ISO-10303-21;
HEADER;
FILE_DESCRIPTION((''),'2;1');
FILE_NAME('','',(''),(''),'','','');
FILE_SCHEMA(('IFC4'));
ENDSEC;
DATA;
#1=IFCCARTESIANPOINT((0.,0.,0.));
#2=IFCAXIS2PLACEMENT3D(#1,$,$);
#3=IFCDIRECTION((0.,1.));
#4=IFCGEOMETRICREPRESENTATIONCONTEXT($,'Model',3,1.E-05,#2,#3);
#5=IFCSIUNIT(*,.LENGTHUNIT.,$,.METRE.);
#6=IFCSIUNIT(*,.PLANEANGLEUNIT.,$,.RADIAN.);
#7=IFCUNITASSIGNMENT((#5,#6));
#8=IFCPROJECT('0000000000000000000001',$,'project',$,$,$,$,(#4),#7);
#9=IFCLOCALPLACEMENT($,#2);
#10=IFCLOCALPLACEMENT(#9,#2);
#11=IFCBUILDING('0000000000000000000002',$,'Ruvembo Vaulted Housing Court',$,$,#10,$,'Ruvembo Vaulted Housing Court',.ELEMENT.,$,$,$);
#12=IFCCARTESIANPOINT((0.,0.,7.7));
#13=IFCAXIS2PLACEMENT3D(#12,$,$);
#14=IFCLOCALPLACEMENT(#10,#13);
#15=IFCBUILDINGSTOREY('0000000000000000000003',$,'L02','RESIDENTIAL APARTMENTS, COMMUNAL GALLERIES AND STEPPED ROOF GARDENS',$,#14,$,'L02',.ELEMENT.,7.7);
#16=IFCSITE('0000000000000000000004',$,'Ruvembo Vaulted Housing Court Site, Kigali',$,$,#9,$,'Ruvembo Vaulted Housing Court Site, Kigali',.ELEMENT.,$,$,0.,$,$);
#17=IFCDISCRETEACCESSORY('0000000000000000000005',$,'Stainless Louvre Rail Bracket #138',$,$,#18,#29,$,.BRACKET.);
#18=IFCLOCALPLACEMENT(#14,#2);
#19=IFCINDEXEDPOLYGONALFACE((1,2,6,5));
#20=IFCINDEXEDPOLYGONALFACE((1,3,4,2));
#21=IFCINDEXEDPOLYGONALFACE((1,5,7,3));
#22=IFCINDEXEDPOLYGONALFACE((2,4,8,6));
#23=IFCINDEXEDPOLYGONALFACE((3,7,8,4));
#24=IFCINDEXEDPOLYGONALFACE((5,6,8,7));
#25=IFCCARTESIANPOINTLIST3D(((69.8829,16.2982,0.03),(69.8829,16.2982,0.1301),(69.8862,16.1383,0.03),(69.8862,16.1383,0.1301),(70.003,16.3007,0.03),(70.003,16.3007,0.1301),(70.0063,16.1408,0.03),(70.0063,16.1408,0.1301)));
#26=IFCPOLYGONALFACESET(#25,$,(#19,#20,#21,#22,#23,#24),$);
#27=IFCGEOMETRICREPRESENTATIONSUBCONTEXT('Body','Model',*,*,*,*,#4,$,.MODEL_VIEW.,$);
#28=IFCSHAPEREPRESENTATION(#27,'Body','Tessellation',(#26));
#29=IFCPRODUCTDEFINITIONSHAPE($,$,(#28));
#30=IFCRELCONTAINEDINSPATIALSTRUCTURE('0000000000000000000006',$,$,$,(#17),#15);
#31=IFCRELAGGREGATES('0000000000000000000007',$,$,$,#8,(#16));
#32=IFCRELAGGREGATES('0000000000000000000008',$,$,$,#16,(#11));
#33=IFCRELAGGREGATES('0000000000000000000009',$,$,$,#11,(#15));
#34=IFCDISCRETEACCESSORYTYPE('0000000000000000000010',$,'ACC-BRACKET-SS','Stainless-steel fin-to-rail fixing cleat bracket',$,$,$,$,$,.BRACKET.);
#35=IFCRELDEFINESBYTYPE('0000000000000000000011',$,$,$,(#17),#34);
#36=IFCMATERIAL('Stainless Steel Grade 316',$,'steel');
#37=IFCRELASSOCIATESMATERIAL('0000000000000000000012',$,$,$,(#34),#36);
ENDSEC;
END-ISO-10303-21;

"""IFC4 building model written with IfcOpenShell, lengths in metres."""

from ifc_helpers import new_model, si_unit, direction, frame, origin, origin_2d, place, context, subcontext, project, spatial, rectangle, extrude, material, type_object, element, save


model = new_model("IFC4")

# Units and contexts
model_context = context("Model", 3, precision=1e-05, world=origin(), true_north=direction((0.0, 1.0)))
body_context = subcontext(model_context, "Body", "Model", "MODEL_VIEW")
ifc_project = project(units=[si_unit("LENGTHUNIT", "METRE"), si_unit("PLANEANGLEUNIT", "RADIAN")], contexts=[model_context])

# Site, building, storey
site_placement = place(None, origin())
site = spatial("IfcSite", under=ifc_project, at=site_placement, Name="Ruvembo Vaulted Housing Court Site, Kigali", LongName="Ruvembo Vaulted Housing Court Site, Kigali", CompositionType="ELEMENT", RefElevation=0.0)
building_placement = place(site_placement, origin())
building = spatial("IfcBuilding", under=site, at=building_placement, Name="Ruvembo Vaulted Housing Court", LongName="Ruvembo Vaulted Housing Court", CompositionType="ELEMENT")
storey_placement = place(building_placement, frame((0.0, 0.0, 7.7)))
storey = spatial("IfcBuildingStorey", under=building, at=storey_placement, Name="L02", Description="RESIDENTIAL APARTMENTS, COMMUNAL GALLERIES AND STEPPED ROOF GARDENS", LongName="L02", CompositionType="ELEMENT", Elevation=7.7)

# Discrete accessory
ifc_material_1 = material(Name="Stainless Steel Grade 316", Category="steel")
discrete_accessory_type = type_object("IfcDiscreteAccessoryType", Name="ACC-BRACKET-SS", Description="Stainless-steel fin-to-rail fixing cleat bracket", PredefinedType="BRACKET", material=ifc_material_1)
for number, where, z_axis, x_axis, name in (
    (1, (69.9446, 16.2195, 0.03), (0.0, 0.0, 1.0), (0.020646, -0.999787, 0.0), "Stainless Louvre Rail Bracket #138"),
):
    element("IfcDiscreteAccessory", number, at=place(storey_placement, frame(where, z_axis=z_axis, x_axis=x_axis)), inside=storey, type_object=discrete_accessory_type, Name=name, PredefinedType="BRACKET", context=body_context, shape_type="SweptSolid", body=[
        extrude(rectangle(XDim=0.1599, YDim=0.1201, at=origin_2d()), origin(), (0.0, 0.0, 1.0), 0.1001),
    ])

save(model, "model.ifc")
